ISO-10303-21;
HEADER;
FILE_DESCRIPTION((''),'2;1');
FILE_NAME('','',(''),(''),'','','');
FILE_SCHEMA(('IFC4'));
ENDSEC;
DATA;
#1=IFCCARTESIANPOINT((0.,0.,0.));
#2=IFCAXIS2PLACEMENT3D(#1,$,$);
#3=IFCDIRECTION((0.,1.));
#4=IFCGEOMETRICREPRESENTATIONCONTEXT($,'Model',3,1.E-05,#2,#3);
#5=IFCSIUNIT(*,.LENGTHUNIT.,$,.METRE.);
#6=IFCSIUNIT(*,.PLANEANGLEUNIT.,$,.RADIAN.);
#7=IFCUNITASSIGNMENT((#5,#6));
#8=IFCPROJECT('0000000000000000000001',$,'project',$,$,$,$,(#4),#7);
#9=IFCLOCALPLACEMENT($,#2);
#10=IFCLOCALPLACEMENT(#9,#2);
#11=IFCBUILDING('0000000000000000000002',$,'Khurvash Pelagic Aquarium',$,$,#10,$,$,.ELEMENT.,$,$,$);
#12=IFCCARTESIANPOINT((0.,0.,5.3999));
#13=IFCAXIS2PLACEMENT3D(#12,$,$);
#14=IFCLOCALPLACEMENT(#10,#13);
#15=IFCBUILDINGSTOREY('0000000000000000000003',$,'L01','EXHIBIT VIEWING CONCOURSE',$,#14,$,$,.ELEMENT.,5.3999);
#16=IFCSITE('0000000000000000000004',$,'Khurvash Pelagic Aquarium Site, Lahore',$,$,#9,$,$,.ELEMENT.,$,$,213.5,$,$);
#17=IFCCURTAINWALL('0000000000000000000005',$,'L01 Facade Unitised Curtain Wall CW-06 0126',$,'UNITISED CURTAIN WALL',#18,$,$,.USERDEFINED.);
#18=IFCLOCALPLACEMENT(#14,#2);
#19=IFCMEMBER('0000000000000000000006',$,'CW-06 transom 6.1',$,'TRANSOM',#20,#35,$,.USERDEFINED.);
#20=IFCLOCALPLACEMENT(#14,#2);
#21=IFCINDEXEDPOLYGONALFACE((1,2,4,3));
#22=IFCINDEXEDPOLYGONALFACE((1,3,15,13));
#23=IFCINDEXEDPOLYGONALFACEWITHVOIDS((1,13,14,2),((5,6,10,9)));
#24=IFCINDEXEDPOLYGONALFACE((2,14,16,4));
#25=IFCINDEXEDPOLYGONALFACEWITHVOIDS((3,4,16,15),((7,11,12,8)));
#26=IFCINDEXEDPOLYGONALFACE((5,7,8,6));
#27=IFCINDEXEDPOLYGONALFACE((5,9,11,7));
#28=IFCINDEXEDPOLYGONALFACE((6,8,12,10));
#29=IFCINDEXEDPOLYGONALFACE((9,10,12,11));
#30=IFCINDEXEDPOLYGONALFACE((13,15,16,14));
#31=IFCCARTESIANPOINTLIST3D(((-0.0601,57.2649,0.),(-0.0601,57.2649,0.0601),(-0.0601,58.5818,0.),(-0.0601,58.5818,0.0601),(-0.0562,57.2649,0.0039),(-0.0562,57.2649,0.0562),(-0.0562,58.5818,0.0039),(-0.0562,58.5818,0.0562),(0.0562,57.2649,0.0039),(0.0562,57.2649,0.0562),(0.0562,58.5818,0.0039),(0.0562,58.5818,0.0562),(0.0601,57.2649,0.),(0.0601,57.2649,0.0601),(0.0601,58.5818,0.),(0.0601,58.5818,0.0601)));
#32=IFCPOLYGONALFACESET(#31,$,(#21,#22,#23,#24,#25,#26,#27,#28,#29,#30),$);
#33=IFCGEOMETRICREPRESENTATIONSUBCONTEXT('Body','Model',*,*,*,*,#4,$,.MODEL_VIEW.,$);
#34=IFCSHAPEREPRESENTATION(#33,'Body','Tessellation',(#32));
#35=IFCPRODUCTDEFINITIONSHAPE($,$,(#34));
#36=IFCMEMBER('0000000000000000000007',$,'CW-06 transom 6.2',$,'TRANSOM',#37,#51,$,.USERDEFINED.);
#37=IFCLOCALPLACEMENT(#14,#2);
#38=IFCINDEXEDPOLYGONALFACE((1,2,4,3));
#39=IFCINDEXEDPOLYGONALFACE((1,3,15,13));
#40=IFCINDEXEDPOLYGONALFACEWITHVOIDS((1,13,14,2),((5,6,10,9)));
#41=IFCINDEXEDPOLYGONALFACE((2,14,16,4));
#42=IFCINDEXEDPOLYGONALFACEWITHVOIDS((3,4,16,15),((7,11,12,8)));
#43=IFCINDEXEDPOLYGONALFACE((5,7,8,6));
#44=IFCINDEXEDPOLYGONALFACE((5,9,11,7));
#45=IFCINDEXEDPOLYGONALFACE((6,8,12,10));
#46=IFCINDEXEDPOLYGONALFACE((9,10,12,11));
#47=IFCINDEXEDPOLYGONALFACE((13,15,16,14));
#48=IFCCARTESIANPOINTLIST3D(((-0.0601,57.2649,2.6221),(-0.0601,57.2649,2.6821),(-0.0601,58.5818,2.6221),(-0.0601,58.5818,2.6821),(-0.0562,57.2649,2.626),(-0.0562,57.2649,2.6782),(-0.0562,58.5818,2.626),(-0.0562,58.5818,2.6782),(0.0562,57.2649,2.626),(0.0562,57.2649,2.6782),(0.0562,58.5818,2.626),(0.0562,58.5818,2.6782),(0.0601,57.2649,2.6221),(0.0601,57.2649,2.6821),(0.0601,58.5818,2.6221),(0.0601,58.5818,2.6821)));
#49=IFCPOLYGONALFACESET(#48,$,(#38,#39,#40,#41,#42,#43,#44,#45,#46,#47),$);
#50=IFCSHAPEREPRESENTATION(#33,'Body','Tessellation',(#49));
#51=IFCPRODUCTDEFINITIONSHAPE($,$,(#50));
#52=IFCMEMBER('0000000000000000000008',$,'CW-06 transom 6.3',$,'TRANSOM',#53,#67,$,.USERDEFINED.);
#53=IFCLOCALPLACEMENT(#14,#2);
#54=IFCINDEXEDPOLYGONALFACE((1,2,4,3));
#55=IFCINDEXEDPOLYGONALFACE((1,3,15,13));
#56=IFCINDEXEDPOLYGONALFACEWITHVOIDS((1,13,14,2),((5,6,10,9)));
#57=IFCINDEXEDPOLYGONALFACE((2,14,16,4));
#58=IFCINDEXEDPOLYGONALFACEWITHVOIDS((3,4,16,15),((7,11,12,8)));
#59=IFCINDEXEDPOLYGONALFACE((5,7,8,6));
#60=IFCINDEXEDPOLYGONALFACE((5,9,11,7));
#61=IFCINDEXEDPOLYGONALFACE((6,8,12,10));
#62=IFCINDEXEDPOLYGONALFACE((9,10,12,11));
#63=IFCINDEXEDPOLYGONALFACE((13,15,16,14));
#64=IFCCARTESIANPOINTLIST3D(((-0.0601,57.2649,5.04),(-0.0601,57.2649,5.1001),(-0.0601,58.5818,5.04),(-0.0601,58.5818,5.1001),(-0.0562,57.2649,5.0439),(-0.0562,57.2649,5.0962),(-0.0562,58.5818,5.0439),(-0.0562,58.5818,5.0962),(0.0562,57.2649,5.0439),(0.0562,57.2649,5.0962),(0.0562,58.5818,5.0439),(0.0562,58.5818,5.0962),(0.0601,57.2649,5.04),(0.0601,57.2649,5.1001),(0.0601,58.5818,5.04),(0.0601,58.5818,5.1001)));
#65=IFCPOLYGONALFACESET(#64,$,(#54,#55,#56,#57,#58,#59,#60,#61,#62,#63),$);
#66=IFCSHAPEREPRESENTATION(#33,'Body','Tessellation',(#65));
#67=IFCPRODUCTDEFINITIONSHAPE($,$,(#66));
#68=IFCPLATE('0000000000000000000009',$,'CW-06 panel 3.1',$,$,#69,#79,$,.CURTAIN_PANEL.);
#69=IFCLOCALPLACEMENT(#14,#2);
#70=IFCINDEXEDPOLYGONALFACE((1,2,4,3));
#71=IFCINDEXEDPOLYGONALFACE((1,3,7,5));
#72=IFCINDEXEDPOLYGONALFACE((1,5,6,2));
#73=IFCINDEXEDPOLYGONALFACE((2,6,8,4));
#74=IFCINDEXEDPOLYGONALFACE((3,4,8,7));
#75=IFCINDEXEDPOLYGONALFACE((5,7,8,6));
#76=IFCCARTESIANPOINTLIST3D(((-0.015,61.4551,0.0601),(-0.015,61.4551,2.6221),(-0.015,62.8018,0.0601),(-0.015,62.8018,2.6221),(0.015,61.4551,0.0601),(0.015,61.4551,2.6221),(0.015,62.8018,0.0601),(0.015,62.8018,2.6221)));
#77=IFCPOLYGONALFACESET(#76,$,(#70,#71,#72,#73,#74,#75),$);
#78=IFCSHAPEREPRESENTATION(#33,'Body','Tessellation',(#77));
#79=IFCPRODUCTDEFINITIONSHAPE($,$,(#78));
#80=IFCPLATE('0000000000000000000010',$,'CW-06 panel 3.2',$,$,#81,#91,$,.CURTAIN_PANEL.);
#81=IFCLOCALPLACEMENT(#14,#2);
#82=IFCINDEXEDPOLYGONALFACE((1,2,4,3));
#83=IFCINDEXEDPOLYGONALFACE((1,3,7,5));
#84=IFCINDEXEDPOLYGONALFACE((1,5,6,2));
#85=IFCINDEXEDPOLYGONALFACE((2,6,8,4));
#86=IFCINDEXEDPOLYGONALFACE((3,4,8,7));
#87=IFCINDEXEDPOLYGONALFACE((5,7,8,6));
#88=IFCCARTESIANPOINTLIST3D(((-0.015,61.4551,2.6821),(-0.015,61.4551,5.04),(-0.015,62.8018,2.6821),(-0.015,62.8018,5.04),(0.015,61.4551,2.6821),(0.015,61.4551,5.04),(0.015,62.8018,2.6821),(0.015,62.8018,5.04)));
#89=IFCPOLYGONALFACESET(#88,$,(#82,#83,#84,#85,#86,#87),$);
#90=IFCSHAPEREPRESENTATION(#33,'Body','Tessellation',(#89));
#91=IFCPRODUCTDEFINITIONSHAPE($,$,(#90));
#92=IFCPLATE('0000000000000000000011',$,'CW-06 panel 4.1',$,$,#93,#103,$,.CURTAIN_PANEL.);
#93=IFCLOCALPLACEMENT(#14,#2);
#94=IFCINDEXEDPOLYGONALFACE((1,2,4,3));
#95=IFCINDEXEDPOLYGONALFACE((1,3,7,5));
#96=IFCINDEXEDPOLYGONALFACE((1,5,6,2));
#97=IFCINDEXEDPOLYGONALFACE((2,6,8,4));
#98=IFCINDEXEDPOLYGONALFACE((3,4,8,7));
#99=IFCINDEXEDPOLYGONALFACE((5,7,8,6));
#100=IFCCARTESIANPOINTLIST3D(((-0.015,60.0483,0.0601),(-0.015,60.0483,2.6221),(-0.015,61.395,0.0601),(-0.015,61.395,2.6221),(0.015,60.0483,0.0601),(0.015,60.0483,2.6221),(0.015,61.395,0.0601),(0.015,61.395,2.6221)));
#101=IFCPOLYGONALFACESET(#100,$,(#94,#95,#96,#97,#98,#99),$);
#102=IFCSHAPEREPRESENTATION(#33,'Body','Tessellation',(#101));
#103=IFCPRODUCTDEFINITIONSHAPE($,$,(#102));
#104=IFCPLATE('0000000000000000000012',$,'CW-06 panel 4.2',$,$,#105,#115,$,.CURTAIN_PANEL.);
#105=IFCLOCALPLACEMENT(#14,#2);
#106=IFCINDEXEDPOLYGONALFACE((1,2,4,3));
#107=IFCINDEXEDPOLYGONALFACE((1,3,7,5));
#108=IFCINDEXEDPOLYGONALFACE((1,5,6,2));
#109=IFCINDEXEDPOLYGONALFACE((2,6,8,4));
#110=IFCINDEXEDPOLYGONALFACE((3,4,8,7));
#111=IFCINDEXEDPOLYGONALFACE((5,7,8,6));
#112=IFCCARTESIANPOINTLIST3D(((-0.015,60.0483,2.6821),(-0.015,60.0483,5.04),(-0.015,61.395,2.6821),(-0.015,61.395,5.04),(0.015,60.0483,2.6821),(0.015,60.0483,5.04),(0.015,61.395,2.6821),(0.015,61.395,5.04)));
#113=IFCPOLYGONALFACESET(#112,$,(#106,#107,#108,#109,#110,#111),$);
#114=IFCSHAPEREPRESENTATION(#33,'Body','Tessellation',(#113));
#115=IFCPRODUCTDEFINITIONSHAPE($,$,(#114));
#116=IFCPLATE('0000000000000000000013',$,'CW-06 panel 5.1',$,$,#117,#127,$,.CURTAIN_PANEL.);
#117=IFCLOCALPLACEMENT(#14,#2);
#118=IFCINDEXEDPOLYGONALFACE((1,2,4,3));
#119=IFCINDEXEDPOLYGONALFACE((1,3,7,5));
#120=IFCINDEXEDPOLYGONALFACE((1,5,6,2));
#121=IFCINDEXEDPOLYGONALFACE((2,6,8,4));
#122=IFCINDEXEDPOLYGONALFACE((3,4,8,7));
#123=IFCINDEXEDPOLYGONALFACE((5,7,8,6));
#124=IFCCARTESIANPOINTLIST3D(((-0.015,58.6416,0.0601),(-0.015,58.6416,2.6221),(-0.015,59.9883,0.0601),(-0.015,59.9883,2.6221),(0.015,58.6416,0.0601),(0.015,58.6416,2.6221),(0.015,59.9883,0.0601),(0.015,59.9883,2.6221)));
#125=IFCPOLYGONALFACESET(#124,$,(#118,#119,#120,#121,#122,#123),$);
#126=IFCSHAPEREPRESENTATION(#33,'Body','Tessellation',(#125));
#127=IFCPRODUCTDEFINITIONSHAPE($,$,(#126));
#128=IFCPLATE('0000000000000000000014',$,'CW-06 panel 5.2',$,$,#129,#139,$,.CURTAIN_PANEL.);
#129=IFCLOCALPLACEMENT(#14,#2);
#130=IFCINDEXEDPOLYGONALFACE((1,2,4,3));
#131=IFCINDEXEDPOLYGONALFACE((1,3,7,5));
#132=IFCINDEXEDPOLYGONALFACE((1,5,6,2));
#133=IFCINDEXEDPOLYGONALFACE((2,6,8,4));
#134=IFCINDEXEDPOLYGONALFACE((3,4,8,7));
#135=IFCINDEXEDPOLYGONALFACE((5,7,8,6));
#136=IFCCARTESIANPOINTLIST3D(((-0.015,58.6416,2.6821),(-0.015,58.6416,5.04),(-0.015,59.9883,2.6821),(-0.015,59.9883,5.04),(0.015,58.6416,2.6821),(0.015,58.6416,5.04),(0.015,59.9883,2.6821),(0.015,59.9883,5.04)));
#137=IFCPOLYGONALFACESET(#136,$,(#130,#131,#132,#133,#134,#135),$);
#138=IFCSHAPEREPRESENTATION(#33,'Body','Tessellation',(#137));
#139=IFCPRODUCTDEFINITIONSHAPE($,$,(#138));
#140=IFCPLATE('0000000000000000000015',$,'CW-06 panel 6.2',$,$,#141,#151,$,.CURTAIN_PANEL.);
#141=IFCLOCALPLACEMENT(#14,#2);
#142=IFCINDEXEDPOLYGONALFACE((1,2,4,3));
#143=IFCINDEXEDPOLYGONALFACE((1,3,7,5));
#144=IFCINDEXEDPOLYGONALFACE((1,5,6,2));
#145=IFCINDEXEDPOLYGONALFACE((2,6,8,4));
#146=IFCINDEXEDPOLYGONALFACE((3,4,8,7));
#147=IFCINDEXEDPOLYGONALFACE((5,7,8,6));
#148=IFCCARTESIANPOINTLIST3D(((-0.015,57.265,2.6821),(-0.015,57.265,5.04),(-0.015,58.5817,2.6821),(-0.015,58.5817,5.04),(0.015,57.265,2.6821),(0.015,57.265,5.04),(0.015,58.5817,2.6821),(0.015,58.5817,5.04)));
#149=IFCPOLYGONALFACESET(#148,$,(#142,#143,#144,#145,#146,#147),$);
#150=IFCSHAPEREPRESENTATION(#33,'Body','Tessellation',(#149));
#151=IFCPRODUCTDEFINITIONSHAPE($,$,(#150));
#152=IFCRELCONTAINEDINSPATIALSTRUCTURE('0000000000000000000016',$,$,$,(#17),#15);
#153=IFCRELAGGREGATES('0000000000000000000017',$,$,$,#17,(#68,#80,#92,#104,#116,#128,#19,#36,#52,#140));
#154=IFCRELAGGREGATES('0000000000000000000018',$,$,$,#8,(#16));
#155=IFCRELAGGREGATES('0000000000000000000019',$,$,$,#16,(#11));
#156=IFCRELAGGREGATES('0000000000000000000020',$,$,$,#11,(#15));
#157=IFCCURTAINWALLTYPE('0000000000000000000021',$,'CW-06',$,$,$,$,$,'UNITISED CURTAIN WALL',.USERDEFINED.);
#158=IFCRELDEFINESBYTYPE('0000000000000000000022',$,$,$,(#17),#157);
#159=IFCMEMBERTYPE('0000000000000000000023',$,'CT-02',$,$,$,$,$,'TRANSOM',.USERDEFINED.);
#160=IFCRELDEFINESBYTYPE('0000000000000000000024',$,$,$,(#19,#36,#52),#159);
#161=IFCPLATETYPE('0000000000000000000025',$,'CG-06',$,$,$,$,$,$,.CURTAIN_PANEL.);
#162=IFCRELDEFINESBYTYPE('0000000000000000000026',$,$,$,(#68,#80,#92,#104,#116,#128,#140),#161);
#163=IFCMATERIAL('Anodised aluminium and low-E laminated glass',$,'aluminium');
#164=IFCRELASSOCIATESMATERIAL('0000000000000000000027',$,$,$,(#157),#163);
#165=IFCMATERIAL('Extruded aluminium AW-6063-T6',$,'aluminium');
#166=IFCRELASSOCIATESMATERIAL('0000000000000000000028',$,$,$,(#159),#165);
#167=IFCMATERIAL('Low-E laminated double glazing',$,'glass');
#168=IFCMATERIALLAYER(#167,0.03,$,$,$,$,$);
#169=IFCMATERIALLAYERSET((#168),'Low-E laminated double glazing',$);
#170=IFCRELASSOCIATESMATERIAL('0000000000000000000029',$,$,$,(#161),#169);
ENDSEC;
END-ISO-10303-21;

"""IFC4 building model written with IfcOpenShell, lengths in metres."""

from ifc_helpers import new_model, si_unit, direction, frame, origin, origin_2d, place, context, subcontext, project, spatial, rectangle, hollow_rectangle, extrude, material, layer, layer_set, material_profile, profile_set, type_object, element, aggregate, save


model = new_model("IFC4")

# Units and contexts
model_context = context("Model", 3, precision=1e-05, world=origin(), true_north=direction((0.0, 1.0)))
body_context = subcontext(model_context, "Body", "Model", "MODEL_VIEW")
ifc_project = project(units=[si_unit("LENGTHUNIT", "METRE"), si_unit("PLANEANGLEUNIT", "RADIAN")], contexts=[model_context])

# Site, building, storey
site_placement = place(None, origin())
site = spatial("IfcSite", under=ifc_project, at=site_placement, Name="Khurvash Pelagic Aquarium Site, Lahore", CompositionType="ELEMENT", RefElevation=213.5)
building_placement = place(site_placement, origin())
building = spatial("IfcBuilding", under=site, at=building_placement, Name="Khurvash Pelagic Aquarium", CompositionType="ELEMENT")
storey_placement = place(building_placement, frame((0.0, 0.0, 5.3999)))
storey = spatial("IfcBuildingStorey", under=building, at=storey_placement, Name="L01", Description="EXHIBIT VIEWING CONCOURSE", CompositionType="ELEMENT", Elevation=5.3999)

# Curtain wall, members, plates
ifc_material_1 = material(Name="Anodised aluminium and low-E laminated glass", Category="aluminium")
curtain_wall_type = type_object("IfcCurtainWallType", Name="CW-06", ElementType="UNITISED CURTAIN WALL", PredefinedType="USERDEFINED", material=ifc_material_1)
curtain_wall_placement = place(storey_placement, origin())
curtain_wall = element("IfcCurtainWall", 1, at=curtain_wall_placement, inside=storey, type_object=curtain_wall_type, Name="L01 Facade Unitised Curtain Wall CW-06 0126", ObjectType="UNITISED CURTAIN WALL", PredefinedType="USERDEFINED")
ifc_material_2 = material(Name="Extruded aluminium AW-6063-T6", Category="aluminium")
ifc_material_profile_1 = material_profile(ifc_material_2, hollow_rectangle(XDim=0.1201, YDim=0.0601, WallThickness=0.0039, at=origin_2d()), Name="CWT120X60X4")
ifc_profile_set_1 = profile_set([ifc_material_profile_1], Name="Extruded aluminium AW-6063-T6")
member_type_1 = type_object("IfcMemberType", Name="CT-02", ElementType="TRANSOM", PredefinedType="USERDEFINED", material=ifc_profile_set_1)
member_1_placement = place(storey_placement, frame((0.0, 58.5818, 0.03), z_axis=(0.0, -1.0, 0.0), x_axis=(1.0, 0.0, 0.0)))
member_1 = element("IfcMember", 2, at=member_1_placement, type_object=member_type_1, Name="CW-06 transom 6.1", ObjectType="TRANSOM", PredefinedType="USERDEFINED", context=body_context, shape_type="SweptSolid", body=[
    extrude(hollow_rectangle(XDim=0.1201, YDim=0.0601, WallThickness=0.0039, at=origin_2d()), origin(), (0.0, 0.0, 1.0), 1.3169),
])
member_2_placement = place(storey_placement, frame((0.0, 58.5818, 2.6521), z_axis=(0.0, -1.0, 0.0), x_axis=(1.0, 0.0, 0.0)))
member_2 = element("IfcMember", 3, at=member_2_placement, type_object=member_type_1, Name="CW-06 transom 6.2", ObjectType="TRANSOM", PredefinedType="USERDEFINED", context=body_context, shape_type="SweptSolid", body=[
    extrude(hollow_rectangle(XDim=0.1201, YDim=0.0601, WallThickness=0.0039, at=origin_2d()), origin(), (0.0, 0.0, 1.0), 1.3169),
])
member_3_placement = place(storey_placement, frame((0.0, 58.5818, 5.0701), z_axis=(0.0, -1.0, 0.0), x_axis=(1.0, 0.0, 0.0)))
member_3 = element("IfcMember", 4, at=member_3_placement, type_object=member_type_1, Name="CW-06 transom 6.3", ObjectType="TRANSOM", PredefinedType="USERDEFINED", context=body_context, shape_type="SweptSolid", body=[
    extrude(hollow_rectangle(XDim=0.1201, YDim=0.0601, WallThickness=0.0039, at=origin_2d()), origin(), (0.0, 0.0, 1.0), 1.3169),
])
ifc_material_3 = material(Name="Low-E laminated double glazing", Category="glass")
ifc_layer = layer(ifc_material_3, 0.03)
ifc_layer_set = layer_set([ifc_layer], Name="Low-E laminated double glazing")
plate_type = type_object("IfcPlateType", Name="CG-06", PredefinedType="CURTAIN_PANEL", material=ifc_layer_set)
plate_1_placement = place(storey_placement, frame((0.0, 62.1284, 0.0601), z_axis=(0.0, 0.0, 1.0), x_axis=(0.0, -1.0, 0.0)))
plate_1 = element("IfcPlate", 5, at=plate_1_placement, type_object=plate_type, Name="CW-06 panel 3.1", PredefinedType="CURTAIN_PANEL", context=body_context, shape_type="SweptSolid", body=[
    extrude(rectangle(XDim=1.3467, YDim=0.03, at=origin_2d()), origin(), (0.0, 0.0, 1.0), 2.562),
])
plate_2_placement = place(storey_placement, frame((0.0, 62.1284, 2.6821), z_axis=(0.0, 0.0, 1.0), x_axis=(0.0, -1.0, 0.0)))
plate_2 = element("IfcPlate", 6, at=plate_2_placement, type_object=plate_type, Name="CW-06 panel 3.2", PredefinedType="CURTAIN_PANEL", context=body_context, shape_type="SweptSolid", body=[
    extrude(rectangle(XDim=1.3467, YDim=0.03, at=origin_2d()), origin(), (0.0, 0.0, 1.0), 2.3579),
])
plate_3_placement = place(storey_placement, frame((0.0, 60.7217, 0.0601), z_axis=(0.0, 0.0, 1.0), x_axis=(0.0, -1.0, 0.0)))
plate_3 = element("IfcPlate", 7, at=plate_3_placement, type_object=plate_type, Name="CW-06 panel 4.1", PredefinedType="CURTAIN_PANEL", context=body_context, shape_type="SweptSolid", body=[
    extrude(rectangle(XDim=1.3467, YDim=0.03, at=origin_2d()), origin(), (0.0, 0.0, 1.0), 2.562),
])
plate_4_placement = place(storey_placement, frame((0.0, 60.7217, 2.6821), z_axis=(0.0, 0.0, 1.0), x_axis=(0.0, -1.0, 0.0)))
plate_4 = element("IfcPlate", 8, at=plate_4_placement, type_object=plate_type, Name="CW-06 panel 4.2", PredefinedType="CURTAIN_PANEL", context=body_context, shape_type="SweptSolid", body=[
    extrude(rectangle(XDim=1.3467, YDim=0.03, at=origin_2d()), origin(), (0.0, 0.0, 1.0), 2.3579),
])
plate_5_placement = place(storey_placement, frame((0.0, 59.3149, 0.0601), z_axis=(0.0, 0.0, 1.0), x_axis=(0.0, -1.0, 0.0)))
plate_5 = element("IfcPlate", 9, at=plate_5_placement, type_object=plate_type, Name="CW-06 panel 5.1", PredefinedType="CURTAIN_PANEL", context=body_context, shape_type="SweptSolid", body=[
    extrude(rectangle(XDim=1.3467, YDim=0.03, at=origin_2d()), origin(), (0.0, 0.0, 1.0), 2.562),
])
plate_6_placement = place(storey_placement, frame((0.0, 59.3149, 2.6821), z_axis=(0.0, 0.0, 1.0), x_axis=(0.0, -1.0, 0.0)))
plate_6 = element("IfcPlate", 10, at=plate_6_placement, type_object=plate_type, Name="CW-06 panel 5.2", PredefinedType="CURTAIN_PANEL", context=body_context, shape_type="SweptSolid", body=[
    extrude(rectangle(XDim=1.3467, YDim=0.03, at=origin_2d()), origin(), (0.0, 0.0, 1.0), 2.3579),
])
plate_7_placement = place(storey_placement, frame((0.0, 57.9233, 2.6821), z_axis=(0.0, 0.0, 1.0), x_axis=(0.0, -1.0, 0.0)))
plate_7 = element("IfcPlate", 11, at=plate_7_placement, type_object=plate_type, Name="CW-06 panel 6.2", PredefinedType="CURTAIN_PANEL", context=body_context, shape_type="SweptSolid", body=[
    extrude(rectangle(XDim=1.3167, YDim=0.03, at=origin_2d()), origin(), (0.0, 0.0, 1.0), 2.3579),
])
aggregate(curtain_wall, [plate_1, plate_2, plate_3, plate_4, plate_5, plate_6, member_1, member_2, member_3, plate_7])

save(model, "model.ifc")
